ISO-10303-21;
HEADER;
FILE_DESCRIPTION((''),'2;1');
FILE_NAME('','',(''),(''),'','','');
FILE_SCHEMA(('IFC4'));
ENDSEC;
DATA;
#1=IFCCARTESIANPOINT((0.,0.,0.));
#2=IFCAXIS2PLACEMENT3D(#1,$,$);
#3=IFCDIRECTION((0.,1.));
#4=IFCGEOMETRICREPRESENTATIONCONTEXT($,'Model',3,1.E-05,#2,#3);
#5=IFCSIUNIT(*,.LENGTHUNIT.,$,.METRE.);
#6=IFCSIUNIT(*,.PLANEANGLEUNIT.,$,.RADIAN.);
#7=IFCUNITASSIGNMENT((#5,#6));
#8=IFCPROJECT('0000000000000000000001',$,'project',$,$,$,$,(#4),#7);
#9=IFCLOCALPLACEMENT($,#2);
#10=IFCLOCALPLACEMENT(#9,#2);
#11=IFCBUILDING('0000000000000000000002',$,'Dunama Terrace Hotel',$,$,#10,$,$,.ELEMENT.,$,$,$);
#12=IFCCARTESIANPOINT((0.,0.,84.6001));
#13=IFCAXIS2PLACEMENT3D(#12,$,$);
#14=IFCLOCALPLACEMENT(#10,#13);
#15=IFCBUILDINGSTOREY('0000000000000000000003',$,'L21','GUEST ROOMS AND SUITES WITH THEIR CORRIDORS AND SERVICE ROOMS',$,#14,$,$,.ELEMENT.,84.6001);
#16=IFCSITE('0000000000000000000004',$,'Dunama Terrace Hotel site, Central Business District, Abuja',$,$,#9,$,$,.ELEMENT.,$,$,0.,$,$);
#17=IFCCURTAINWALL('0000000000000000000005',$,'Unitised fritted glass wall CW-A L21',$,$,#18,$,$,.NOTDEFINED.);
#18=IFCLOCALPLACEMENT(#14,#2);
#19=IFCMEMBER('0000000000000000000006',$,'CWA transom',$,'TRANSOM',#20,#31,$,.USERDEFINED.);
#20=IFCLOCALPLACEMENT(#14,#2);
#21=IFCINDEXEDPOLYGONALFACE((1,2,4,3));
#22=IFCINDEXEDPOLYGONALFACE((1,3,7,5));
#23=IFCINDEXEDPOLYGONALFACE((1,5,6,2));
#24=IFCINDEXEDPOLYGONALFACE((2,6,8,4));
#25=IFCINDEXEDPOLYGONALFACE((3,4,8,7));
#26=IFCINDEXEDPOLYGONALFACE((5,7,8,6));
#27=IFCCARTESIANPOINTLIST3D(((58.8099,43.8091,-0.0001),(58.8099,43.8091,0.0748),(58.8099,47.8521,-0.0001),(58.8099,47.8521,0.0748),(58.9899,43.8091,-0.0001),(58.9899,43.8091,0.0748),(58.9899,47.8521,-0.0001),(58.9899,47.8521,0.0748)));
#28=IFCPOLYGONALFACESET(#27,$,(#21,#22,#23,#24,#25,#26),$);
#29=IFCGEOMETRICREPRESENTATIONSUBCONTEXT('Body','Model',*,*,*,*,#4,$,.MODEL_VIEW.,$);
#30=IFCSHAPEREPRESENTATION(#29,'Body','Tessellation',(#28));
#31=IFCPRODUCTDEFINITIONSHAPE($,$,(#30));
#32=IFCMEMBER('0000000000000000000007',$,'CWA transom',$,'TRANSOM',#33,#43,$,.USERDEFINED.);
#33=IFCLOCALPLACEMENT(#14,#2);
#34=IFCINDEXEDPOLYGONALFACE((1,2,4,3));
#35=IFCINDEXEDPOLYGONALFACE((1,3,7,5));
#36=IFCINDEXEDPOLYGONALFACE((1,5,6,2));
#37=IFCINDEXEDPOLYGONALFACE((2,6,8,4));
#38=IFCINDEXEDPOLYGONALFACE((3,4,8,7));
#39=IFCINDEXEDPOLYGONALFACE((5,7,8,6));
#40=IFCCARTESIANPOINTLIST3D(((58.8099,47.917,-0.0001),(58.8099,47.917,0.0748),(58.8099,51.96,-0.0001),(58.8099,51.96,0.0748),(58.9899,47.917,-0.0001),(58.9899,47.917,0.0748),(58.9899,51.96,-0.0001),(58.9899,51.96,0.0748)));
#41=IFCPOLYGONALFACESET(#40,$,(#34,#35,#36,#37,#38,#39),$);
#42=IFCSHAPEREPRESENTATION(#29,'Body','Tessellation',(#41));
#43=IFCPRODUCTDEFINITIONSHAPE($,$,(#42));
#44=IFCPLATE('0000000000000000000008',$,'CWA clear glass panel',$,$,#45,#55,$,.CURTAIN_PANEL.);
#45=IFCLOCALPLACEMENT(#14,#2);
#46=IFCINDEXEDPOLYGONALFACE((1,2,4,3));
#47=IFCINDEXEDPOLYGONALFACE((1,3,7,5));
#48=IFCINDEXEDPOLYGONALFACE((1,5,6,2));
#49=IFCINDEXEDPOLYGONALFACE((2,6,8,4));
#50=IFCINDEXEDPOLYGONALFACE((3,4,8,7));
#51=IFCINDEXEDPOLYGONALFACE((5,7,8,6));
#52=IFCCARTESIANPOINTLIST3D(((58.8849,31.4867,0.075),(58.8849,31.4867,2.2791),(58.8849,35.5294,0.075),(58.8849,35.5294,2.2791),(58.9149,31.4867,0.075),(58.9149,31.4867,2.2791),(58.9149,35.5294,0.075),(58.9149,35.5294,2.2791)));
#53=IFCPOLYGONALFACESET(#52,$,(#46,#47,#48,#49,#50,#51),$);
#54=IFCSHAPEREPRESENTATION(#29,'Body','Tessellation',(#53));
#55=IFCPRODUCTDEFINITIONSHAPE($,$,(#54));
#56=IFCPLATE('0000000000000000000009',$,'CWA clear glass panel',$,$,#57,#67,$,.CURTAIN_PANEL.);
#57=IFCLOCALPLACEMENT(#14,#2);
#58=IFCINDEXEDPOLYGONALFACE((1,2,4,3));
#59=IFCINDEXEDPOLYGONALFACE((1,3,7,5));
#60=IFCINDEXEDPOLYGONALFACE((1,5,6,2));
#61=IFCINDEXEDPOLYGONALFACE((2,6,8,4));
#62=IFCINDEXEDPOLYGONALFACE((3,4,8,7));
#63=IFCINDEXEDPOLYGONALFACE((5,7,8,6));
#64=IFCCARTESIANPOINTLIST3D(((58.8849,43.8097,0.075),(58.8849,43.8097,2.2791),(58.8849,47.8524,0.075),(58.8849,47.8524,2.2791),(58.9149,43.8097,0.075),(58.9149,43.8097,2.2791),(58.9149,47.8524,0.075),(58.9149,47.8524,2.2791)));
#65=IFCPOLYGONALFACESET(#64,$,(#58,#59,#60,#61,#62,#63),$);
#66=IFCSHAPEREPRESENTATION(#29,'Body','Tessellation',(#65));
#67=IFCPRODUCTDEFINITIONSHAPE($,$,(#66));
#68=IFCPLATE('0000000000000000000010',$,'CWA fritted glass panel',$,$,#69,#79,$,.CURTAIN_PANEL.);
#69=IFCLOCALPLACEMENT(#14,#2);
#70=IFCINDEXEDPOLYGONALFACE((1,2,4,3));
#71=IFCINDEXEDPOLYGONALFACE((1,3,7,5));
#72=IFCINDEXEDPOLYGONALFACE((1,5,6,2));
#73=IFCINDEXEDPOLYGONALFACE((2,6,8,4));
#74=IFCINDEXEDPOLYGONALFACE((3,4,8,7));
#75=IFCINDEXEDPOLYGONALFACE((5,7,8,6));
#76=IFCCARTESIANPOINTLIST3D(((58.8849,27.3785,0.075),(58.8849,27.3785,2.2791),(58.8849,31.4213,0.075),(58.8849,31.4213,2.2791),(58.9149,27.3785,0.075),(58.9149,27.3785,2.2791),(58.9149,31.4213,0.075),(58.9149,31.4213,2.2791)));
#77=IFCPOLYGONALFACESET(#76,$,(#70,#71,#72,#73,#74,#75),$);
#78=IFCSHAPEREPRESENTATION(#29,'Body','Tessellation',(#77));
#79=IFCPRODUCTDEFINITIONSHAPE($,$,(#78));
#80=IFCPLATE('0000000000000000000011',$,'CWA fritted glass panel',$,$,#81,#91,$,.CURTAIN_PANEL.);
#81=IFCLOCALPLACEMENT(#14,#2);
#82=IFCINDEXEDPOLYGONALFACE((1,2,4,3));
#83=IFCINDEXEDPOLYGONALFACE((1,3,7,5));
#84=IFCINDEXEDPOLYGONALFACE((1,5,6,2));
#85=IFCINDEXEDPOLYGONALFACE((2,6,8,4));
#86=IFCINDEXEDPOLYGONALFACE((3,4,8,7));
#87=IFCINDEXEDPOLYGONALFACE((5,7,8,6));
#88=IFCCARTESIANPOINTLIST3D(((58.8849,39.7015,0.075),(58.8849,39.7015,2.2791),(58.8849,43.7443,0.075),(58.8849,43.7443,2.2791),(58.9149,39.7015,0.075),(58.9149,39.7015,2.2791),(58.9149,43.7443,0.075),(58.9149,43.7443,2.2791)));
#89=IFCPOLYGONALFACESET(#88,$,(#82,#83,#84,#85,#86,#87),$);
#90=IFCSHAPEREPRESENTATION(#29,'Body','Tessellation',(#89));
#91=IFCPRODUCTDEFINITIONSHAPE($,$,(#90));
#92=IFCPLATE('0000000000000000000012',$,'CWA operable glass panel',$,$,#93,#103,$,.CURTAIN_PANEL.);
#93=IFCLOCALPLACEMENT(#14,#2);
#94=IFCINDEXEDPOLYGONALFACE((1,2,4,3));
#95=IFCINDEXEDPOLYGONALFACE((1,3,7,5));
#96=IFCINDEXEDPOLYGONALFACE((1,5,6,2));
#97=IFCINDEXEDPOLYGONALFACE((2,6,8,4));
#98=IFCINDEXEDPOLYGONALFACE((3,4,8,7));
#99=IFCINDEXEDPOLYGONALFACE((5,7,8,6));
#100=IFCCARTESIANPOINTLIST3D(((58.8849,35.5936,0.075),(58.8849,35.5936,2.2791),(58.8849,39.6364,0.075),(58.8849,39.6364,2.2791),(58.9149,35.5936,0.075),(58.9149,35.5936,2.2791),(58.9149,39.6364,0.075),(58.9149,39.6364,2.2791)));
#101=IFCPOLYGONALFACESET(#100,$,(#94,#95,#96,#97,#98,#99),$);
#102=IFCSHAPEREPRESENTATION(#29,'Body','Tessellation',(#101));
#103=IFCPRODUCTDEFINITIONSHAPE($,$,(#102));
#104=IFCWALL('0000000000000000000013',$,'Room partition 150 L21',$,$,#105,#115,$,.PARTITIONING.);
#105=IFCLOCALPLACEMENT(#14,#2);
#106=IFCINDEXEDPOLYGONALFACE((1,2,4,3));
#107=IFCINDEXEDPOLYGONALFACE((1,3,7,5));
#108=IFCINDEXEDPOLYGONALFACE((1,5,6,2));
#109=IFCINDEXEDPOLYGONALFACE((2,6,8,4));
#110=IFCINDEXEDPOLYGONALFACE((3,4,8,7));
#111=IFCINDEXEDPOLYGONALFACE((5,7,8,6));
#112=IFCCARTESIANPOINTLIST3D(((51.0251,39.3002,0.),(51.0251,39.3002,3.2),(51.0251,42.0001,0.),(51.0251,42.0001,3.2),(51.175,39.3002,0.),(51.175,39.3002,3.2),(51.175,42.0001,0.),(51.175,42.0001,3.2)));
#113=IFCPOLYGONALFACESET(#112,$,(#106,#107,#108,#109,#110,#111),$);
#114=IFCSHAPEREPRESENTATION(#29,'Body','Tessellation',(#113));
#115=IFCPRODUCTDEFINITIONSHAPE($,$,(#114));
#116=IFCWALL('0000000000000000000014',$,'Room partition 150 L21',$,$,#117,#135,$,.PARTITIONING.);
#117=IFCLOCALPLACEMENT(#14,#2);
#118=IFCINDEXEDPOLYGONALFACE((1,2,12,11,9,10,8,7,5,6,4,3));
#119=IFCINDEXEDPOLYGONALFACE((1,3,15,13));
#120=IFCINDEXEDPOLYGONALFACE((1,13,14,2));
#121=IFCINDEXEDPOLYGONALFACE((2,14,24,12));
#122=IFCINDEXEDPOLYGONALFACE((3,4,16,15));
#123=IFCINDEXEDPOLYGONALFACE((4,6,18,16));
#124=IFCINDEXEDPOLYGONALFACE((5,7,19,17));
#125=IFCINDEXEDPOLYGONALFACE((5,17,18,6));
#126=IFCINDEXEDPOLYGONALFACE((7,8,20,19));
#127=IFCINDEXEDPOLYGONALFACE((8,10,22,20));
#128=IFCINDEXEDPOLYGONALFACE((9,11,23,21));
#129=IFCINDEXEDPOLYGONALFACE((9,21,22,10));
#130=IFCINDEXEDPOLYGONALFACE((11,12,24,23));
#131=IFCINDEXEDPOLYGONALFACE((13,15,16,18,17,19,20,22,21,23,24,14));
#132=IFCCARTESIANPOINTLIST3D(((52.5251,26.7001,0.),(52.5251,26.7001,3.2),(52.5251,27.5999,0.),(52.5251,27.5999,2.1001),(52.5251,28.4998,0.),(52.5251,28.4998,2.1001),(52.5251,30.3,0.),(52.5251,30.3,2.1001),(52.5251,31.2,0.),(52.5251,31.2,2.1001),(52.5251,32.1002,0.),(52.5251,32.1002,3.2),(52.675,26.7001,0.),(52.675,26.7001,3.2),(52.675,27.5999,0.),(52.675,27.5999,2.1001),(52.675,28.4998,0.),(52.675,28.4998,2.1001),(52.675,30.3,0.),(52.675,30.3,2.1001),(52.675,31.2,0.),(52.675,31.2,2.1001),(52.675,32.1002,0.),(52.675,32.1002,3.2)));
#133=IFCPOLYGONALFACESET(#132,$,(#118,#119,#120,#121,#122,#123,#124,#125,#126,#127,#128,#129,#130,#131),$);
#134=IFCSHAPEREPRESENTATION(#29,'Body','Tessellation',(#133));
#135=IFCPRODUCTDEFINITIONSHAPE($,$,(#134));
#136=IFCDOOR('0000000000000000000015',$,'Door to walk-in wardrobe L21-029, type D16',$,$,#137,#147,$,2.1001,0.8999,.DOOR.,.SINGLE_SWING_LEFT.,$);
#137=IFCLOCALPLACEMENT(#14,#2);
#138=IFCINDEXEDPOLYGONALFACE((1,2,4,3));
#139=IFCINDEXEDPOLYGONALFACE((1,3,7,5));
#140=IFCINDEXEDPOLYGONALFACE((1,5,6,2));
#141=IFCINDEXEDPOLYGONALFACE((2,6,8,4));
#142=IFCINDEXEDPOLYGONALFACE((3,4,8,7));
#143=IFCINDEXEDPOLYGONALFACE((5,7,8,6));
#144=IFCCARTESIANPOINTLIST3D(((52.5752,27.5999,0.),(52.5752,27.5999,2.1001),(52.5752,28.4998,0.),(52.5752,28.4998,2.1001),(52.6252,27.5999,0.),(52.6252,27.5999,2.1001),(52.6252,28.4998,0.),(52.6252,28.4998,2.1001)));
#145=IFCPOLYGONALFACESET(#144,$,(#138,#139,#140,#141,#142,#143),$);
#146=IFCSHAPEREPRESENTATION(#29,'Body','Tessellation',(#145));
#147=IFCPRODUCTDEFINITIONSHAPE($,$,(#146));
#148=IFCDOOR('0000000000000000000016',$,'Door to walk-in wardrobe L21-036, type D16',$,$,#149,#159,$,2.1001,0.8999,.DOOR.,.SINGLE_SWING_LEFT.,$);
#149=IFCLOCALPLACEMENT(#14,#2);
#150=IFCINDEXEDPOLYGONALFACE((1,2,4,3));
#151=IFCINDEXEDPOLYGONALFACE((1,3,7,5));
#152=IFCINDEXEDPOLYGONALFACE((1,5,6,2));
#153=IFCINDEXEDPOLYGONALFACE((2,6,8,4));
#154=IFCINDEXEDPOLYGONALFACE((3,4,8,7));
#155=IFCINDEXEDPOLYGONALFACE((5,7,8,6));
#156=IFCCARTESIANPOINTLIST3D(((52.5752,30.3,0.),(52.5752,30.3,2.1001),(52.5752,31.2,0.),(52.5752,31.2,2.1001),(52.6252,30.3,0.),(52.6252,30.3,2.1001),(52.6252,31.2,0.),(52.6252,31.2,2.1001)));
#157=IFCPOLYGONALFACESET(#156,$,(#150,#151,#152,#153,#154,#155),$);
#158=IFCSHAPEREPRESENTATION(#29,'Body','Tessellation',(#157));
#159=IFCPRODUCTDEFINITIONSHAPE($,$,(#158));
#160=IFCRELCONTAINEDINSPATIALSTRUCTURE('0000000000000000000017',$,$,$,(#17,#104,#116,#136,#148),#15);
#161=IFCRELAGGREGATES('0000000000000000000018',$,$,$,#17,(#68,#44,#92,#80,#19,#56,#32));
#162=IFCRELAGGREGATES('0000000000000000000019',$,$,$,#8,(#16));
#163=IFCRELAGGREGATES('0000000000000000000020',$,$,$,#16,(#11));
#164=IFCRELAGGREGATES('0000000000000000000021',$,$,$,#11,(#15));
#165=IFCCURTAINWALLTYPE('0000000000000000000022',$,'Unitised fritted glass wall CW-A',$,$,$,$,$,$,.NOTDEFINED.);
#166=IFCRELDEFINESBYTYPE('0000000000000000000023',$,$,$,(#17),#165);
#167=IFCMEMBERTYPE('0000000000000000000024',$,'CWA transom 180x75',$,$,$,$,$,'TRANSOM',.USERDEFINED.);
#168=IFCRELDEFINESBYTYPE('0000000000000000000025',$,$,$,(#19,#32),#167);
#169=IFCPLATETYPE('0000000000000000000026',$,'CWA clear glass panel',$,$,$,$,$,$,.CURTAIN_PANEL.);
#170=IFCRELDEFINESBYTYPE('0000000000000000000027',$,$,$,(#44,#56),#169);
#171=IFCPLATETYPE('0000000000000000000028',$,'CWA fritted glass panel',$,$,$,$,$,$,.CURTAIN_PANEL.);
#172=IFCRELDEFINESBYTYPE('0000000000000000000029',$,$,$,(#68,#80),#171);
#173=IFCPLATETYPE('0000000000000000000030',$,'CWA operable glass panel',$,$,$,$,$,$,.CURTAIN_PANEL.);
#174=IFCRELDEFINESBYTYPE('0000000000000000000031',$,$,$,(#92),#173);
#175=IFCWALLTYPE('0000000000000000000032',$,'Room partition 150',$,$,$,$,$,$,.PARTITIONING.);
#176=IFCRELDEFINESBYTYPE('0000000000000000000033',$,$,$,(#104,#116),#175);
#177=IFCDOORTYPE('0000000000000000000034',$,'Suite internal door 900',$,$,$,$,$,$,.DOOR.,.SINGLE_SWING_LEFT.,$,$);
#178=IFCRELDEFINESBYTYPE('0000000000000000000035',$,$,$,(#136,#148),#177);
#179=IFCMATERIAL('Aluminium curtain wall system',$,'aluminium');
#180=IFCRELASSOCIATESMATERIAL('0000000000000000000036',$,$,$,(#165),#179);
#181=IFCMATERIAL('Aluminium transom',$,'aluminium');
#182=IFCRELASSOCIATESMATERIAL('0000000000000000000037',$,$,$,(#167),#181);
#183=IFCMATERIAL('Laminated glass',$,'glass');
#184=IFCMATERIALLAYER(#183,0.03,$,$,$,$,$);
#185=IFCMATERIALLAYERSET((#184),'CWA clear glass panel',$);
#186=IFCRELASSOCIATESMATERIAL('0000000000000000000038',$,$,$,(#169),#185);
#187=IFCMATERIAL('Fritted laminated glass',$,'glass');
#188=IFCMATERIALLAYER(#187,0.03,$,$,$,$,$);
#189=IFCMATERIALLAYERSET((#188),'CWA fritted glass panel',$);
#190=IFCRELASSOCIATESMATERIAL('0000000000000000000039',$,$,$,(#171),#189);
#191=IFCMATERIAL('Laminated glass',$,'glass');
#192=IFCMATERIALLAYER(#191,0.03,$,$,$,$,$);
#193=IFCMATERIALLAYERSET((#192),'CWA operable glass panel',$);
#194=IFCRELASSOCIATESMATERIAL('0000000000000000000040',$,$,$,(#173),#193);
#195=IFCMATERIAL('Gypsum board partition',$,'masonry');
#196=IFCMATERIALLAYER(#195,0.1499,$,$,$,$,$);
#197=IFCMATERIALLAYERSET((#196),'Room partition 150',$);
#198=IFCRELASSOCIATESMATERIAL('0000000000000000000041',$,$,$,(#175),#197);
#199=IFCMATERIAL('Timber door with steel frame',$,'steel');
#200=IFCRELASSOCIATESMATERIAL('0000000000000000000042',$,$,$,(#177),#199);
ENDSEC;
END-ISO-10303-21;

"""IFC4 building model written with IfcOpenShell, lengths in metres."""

from ifc_helpers import new_model, si_unit, direction, frame, frame_2d, origin, origin_2d, place, context, subcontext, project, spatial, rectangle, extrude, material, layer, layer_set, material_profile, profile_set, type_object, element, fill, aggregate, save


model = new_model("IFC4")

# Units and contexts
model_context = context("Model", 3, precision=1e-05, world=origin(), true_north=direction((0.0, 1.0)))
body_context = subcontext(model_context, "Body", "Model", "MODEL_VIEW")
ifc_project = project(units=[si_unit("LENGTHUNIT", "METRE"), si_unit("PLANEANGLEUNIT", "RADIAN")], contexts=[model_context])

# Site, building, storey
site_placement = place(None, origin())
site = spatial("IfcSite", under=ifc_project, at=site_placement, Name="Dunama Terrace Hotel site, Central Business District, Abuja", CompositionType="ELEMENT", RefElevation=0.0)
building_placement = place(site_placement, origin())
building = spatial("IfcBuilding", under=site, at=building_placement, Name="Dunama Terrace Hotel", CompositionType="ELEMENT")
storey_placement = place(building_placement, frame((0.0, 0.0, 84.6001)))
storey = spatial("IfcBuildingStorey", under=building, at=storey_placement, Name="L21", Description="GUEST ROOMS AND SUITES WITH THEIR CORRIDORS AND SERVICE ROOMS", CompositionType="ELEMENT", Elevation=84.6001)

# Curtain wall, members, plates
ifc_material_1 = material(Name="Aluminium curtain wall system", Category="aluminium")
curtain_wall_type = type_object("IfcCurtainWallType", Name="Unitised fritted glass wall CW-A", PredefinedType="NOTDEFINED", material=ifc_material_1)
curtain_wall_placement = place(storey_placement, origin())
curtain_wall = element("IfcCurtainWall", 1, at=curtain_wall_placement, inside=storey, type_object=curtain_wall_type, Name="Unitised fritted glass wall CW-A L21", PredefinedType="NOTDEFINED")
ifc_material_2 = material(Name="Aluminium transom", Category="aluminium")
ifc_material_profile_1 = material_profile(ifc_material_2, rectangle(XDim=0.1799, YDim=0.075, at=origin_2d()), Name="CWA TRANSOM 180X75")
ifc_profile_set_1 = profile_set([ifc_material_profile_1], Name="Aluminium transom")
member_type_1 = type_object("IfcMemberType", Name="CWA transom 180x75", ElementType="TRANSOM", PredefinedType="USERDEFINED", material=ifc_profile_set_1)
member_1_placement = place(storey_placement, frame((58.8999, 43.8091, 0.0374), z_axis=(0.0, 1.0, 0.0), x_axis=(-1.0, 0.0, 0.0)))
member_1 = element("IfcMember", 2, at=member_1_placement, type_object=member_type_1, Name="CWA transom", ObjectType="TRANSOM", PredefinedType="USERDEFINED", context=body_context, shape_type="SweptSolid", body=[
    extrude(rectangle(XDim=0.1799, YDim=0.075, at=origin_2d()), origin(), (0.0, 0.0, 1.0), 4.043),
])
member_2_placement = place(storey_placement, frame((58.8999, 47.917, 0.0374), z_axis=(0.0, 1.0, 0.0), x_axis=(-1.0, 0.0, 0.0)))
member_2 = element("IfcMember", 3, at=member_2_placement, type_object=member_type_1, Name="CWA transom", ObjectType="TRANSOM", PredefinedType="USERDEFINED", context=body_context, shape_type="SweptSolid", body=[
    extrude(rectangle(XDim=0.1799, YDim=0.075, at=origin_2d()), origin(), (0.0, 0.0, 1.0), 4.043),
])
ifc_material_3 = material(Name="Laminated glass", Category="glass")
ifc_layer_1 = layer(ifc_material_3, 0.03)
ifc_layer_set_1 = layer_set([ifc_layer_1], Name="CWA clear glass panel")
plate_type_1 = type_object("IfcPlateType", Name="CWA clear glass panel", PredefinedType="CURTAIN_PANEL", material=ifc_layer_set_1)
plate_1_placement = place(storey_placement, frame((58.8999, 33.5081, 0.075), z_axis=(0.0, 0.0, 1.0), x_axis=(0.0, 1.0, 0.0)))
plate_1 = element("IfcPlate", 4, at=plate_1_placement, type_object=plate_type_1, Name="CWA clear glass panel", PredefinedType="CURTAIN_PANEL", context=body_context, shape_type="SweptSolid", body=[
    extrude(rectangle(XDim=4.0427, YDim=0.03, at=origin_2d()), origin(), (0.0, 0.0, 1.0), 2.2041),
])
plate_2_placement = place(storey_placement, frame((58.8999, 45.8311, 0.075), z_axis=(0.0, 0.0, 1.0), x_axis=(0.0, 1.0, 0.0)))
plate_2 = element("IfcPlate", 5, at=plate_2_placement, type_object=plate_type_1, Name="CWA clear glass panel", PredefinedType="CURTAIN_PANEL", context=body_context, shape_type="SweptSolid", body=[
    extrude(rectangle(XDim=4.0427, YDim=0.03, at=origin_2d()), origin(), (0.0, 0.0, 1.0), 2.2041),
])
ifc_material_4 = material(Name="Fritted laminated glass", Category="glass")
ifc_layer_2 = layer(ifc_material_4, 0.03)
ifc_layer_set_2 = layer_set([ifc_layer_2], Name="CWA fritted glass panel")
plate_type_2 = type_object("IfcPlateType", Name="CWA fritted glass panel", PredefinedType="CURTAIN_PANEL", material=ifc_layer_set_2)
plate_3_placement = place(storey_placement, frame((58.8999, 29.3999, 0.075), z_axis=(0.0, 0.0, 1.0), x_axis=(0.0, 1.0, 0.0)))
plate_3 = element("IfcPlate", 6, at=plate_3_placement, type_object=plate_type_2, Name="CWA fritted glass panel", PredefinedType="CURTAIN_PANEL", context=body_context, shape_type="SweptSolid", body=[
    extrude(rectangle(XDim=4.0427, YDim=0.03, at=origin_2d()), origin(), (0.0, 0.0, 1.0), 2.2041),
])
plate_4_placement = place(storey_placement, frame((58.8999, 41.7229, 0.075), z_axis=(0.0, 0.0, 1.0), x_axis=(0.0, 1.0, 0.0)))
plate_4 = element("IfcPlate", 7, at=plate_4_placement, type_object=plate_type_2, Name="CWA fritted glass panel", PredefinedType="CURTAIN_PANEL", context=body_context, shape_type="SweptSolid", body=[
    extrude(rectangle(XDim=4.0427, YDim=0.03, at=origin_2d()), origin(), (0.0, 0.0, 1.0), 2.2041),
])
ifc_material_5 = material(Name="Laminated glass", Category="glass")
ifc_layer_3 = layer(ifc_material_5, 0.03)
ifc_layer_set_3 = layer_set([ifc_layer_3], Name="CWA operable glass panel")
plate_type_3 = type_object("IfcPlateType", Name="CWA operable glass panel", PredefinedType="CURTAIN_PANEL", material=ifc_layer_set_3)
plate_5_placement = place(storey_placement, frame((58.8999, 37.615, 0.075), z_axis=(0.0, 0.0, 1.0), x_axis=(0.0, 1.0, 0.0)))
plate_5 = element("IfcPlate", 8, at=plate_5_placement, type_object=plate_type_3, Name="CWA operable glass panel", PredefinedType="CURTAIN_PANEL", context=body_context, shape_type="SweptSolid", body=[
    extrude(rectangle(XDim=4.0427, YDim=0.03, at=origin_2d()), origin(), (0.0, 0.0, 1.0), 2.2041),
])
aggregate(curtain_wall, [plate_3, plate_1, plate_5, plate_4, member_1, plate_2, member_2])

# Wall
ifc_material_6 = material(Name="Gypsum board partition", Category="masonry")
ifc_layer_4 = layer(ifc_material_6, 0.1499)
ifc_layer_set_4 = layer_set([ifc_layer_4], Name="Room partition 150")
wall_type = type_object("IfcWallType", Name="Room partition 150", PredefinedType="PARTITIONING", material=ifc_layer_set_4)
wall_1_placement = place(storey_placement, frame((51.1001, 39.3, 0.0), z_axis=(0.0, 0.0, 1.0), x_axis=(0.0, 1.0, 0.0)))
element("IfcWall", 9, at=wall_1_placement, inside=storey, type_object=wall_type, Name="Room partition 150 L21", PredefinedType="PARTITIONING", context=body_context, shape_type="SweptSolid", body=[
    extrude(rectangle(XDim=2.7, YDim=0.1499, at=frame_2d((1.3501, 0.0))), origin(), (0.0, 0.0, 1.0), 3.2),
])

# Wall, openings, doors
wall_2_placement = place(storey_placement, frame((52.6001, 26.7, 0.0), z_axis=(0.0, 0.0, 1.0), x_axis=(0.0, 1.0, 0.0)))
wall_2 = element("IfcWall", 10, at=wall_2_placement, inside=storey, type_object=wall_type, Name="Room partition 150 L21", PredefinedType="PARTITIONING", context=body_context, shape_type="SweptSolid", body=[
    extrude(rectangle(XDim=5.4001, YDim=0.1499, at=frame_2d((2.7002, 0.0))), origin(), (0.0, 0.0, 1.0), 3.2),
])
opening_1_placement = place(wall_2_placement, frame((0.8999, 0.0, 0.0)))
opening_1 = element("IfcOpeningElement", 11, at=opening_1_placement, cuts=wall_2, PredefinedType="OPENING", context=body_context, shape_type="SweptSolid", body=[
    extrude(rectangle(XDim=0.8999, YDim=2.1001, at=frame_2d((0.45, 1.05))), frame((0.0, 0.085, 0.0), z_axis=(0.0, -1.0, 0.0), x_axis=(1.0, 0.0, 0.0)), (0.0, 0.0, 1.0), 0.1699),
])
opening_2_placement = place(wall_2_placement, frame((3.6001, 0.0, 0.0)))
opening_2 = element("IfcOpeningElement", 12, at=opening_2_placement, cuts=wall_2, PredefinedType="OPENING", context=body_context, shape_type="SweptSolid", body=[
    extrude(rectangle(XDim=0.8999, YDim=2.1001, at=frame_2d((0.45, 1.05))), frame((0.0, 0.085, 0.0), z_axis=(0.0, -1.0, 0.0), x_axis=(1.0, 0.0, 0.0)), (0.0, 0.0, 1.0), 0.1699),
])
ifc_material_7 = material(Name="Timber door with steel frame", Category="steel")
door_type = type_object("IfcDoorType", Name="Suite internal door 900", OperationType="SINGLE_SWING_LEFT", PredefinedType="DOOR", material=ifc_material_7)
door_1_placement = place(opening_1_placement, origin())
door_1 = element("IfcDoor", 13, at=door_1_placement, inside=storey, type_object=door_type, Name="Door to walk-in wardrobe L21-029, type D16", OperationType="SINGLE_SWING_LEFT", OverallHeight=2.1001, OverallWidth=0.8999, PredefinedType="DOOR", context=body_context, shape_type="SweptSolid", body=[
    extrude(rectangle(XDim=0.8999, YDim=2.1001, at=frame_2d((0.45, 1.05))), frame((0.0, 0.0249, 0.0), z_axis=(0.0, -1.0, 0.0), x_axis=(1.0, 0.0, 0.0)), (0.0, 0.0, 1.0), 0.05),
])
fill(opening_1, door_1)
door_2_placement = place(opening_2_placement, origin())
door_2 = element("IfcDoor", 14, at=door_2_placement, inside=storey, type_object=door_type, Name="Door to walk-in wardrobe L21-036, type D16", OperationType="SINGLE_SWING_LEFT", OverallHeight=2.1001, OverallWidth=0.8999, PredefinedType="DOOR", context=body_context, shape_type="SweptSolid", body=[
    extrude(rectangle(XDim=0.8999, YDim=2.1001, at=frame_2d((0.45, 1.05))), frame((0.0, 0.0249, 0.0), z_axis=(0.0, -1.0, 0.0), x_axis=(1.0, 0.0, 0.0)), (0.0, 0.0, 1.0), 0.05),
])
fill(opening_2, door_2)

save(model, "model.ifc")
